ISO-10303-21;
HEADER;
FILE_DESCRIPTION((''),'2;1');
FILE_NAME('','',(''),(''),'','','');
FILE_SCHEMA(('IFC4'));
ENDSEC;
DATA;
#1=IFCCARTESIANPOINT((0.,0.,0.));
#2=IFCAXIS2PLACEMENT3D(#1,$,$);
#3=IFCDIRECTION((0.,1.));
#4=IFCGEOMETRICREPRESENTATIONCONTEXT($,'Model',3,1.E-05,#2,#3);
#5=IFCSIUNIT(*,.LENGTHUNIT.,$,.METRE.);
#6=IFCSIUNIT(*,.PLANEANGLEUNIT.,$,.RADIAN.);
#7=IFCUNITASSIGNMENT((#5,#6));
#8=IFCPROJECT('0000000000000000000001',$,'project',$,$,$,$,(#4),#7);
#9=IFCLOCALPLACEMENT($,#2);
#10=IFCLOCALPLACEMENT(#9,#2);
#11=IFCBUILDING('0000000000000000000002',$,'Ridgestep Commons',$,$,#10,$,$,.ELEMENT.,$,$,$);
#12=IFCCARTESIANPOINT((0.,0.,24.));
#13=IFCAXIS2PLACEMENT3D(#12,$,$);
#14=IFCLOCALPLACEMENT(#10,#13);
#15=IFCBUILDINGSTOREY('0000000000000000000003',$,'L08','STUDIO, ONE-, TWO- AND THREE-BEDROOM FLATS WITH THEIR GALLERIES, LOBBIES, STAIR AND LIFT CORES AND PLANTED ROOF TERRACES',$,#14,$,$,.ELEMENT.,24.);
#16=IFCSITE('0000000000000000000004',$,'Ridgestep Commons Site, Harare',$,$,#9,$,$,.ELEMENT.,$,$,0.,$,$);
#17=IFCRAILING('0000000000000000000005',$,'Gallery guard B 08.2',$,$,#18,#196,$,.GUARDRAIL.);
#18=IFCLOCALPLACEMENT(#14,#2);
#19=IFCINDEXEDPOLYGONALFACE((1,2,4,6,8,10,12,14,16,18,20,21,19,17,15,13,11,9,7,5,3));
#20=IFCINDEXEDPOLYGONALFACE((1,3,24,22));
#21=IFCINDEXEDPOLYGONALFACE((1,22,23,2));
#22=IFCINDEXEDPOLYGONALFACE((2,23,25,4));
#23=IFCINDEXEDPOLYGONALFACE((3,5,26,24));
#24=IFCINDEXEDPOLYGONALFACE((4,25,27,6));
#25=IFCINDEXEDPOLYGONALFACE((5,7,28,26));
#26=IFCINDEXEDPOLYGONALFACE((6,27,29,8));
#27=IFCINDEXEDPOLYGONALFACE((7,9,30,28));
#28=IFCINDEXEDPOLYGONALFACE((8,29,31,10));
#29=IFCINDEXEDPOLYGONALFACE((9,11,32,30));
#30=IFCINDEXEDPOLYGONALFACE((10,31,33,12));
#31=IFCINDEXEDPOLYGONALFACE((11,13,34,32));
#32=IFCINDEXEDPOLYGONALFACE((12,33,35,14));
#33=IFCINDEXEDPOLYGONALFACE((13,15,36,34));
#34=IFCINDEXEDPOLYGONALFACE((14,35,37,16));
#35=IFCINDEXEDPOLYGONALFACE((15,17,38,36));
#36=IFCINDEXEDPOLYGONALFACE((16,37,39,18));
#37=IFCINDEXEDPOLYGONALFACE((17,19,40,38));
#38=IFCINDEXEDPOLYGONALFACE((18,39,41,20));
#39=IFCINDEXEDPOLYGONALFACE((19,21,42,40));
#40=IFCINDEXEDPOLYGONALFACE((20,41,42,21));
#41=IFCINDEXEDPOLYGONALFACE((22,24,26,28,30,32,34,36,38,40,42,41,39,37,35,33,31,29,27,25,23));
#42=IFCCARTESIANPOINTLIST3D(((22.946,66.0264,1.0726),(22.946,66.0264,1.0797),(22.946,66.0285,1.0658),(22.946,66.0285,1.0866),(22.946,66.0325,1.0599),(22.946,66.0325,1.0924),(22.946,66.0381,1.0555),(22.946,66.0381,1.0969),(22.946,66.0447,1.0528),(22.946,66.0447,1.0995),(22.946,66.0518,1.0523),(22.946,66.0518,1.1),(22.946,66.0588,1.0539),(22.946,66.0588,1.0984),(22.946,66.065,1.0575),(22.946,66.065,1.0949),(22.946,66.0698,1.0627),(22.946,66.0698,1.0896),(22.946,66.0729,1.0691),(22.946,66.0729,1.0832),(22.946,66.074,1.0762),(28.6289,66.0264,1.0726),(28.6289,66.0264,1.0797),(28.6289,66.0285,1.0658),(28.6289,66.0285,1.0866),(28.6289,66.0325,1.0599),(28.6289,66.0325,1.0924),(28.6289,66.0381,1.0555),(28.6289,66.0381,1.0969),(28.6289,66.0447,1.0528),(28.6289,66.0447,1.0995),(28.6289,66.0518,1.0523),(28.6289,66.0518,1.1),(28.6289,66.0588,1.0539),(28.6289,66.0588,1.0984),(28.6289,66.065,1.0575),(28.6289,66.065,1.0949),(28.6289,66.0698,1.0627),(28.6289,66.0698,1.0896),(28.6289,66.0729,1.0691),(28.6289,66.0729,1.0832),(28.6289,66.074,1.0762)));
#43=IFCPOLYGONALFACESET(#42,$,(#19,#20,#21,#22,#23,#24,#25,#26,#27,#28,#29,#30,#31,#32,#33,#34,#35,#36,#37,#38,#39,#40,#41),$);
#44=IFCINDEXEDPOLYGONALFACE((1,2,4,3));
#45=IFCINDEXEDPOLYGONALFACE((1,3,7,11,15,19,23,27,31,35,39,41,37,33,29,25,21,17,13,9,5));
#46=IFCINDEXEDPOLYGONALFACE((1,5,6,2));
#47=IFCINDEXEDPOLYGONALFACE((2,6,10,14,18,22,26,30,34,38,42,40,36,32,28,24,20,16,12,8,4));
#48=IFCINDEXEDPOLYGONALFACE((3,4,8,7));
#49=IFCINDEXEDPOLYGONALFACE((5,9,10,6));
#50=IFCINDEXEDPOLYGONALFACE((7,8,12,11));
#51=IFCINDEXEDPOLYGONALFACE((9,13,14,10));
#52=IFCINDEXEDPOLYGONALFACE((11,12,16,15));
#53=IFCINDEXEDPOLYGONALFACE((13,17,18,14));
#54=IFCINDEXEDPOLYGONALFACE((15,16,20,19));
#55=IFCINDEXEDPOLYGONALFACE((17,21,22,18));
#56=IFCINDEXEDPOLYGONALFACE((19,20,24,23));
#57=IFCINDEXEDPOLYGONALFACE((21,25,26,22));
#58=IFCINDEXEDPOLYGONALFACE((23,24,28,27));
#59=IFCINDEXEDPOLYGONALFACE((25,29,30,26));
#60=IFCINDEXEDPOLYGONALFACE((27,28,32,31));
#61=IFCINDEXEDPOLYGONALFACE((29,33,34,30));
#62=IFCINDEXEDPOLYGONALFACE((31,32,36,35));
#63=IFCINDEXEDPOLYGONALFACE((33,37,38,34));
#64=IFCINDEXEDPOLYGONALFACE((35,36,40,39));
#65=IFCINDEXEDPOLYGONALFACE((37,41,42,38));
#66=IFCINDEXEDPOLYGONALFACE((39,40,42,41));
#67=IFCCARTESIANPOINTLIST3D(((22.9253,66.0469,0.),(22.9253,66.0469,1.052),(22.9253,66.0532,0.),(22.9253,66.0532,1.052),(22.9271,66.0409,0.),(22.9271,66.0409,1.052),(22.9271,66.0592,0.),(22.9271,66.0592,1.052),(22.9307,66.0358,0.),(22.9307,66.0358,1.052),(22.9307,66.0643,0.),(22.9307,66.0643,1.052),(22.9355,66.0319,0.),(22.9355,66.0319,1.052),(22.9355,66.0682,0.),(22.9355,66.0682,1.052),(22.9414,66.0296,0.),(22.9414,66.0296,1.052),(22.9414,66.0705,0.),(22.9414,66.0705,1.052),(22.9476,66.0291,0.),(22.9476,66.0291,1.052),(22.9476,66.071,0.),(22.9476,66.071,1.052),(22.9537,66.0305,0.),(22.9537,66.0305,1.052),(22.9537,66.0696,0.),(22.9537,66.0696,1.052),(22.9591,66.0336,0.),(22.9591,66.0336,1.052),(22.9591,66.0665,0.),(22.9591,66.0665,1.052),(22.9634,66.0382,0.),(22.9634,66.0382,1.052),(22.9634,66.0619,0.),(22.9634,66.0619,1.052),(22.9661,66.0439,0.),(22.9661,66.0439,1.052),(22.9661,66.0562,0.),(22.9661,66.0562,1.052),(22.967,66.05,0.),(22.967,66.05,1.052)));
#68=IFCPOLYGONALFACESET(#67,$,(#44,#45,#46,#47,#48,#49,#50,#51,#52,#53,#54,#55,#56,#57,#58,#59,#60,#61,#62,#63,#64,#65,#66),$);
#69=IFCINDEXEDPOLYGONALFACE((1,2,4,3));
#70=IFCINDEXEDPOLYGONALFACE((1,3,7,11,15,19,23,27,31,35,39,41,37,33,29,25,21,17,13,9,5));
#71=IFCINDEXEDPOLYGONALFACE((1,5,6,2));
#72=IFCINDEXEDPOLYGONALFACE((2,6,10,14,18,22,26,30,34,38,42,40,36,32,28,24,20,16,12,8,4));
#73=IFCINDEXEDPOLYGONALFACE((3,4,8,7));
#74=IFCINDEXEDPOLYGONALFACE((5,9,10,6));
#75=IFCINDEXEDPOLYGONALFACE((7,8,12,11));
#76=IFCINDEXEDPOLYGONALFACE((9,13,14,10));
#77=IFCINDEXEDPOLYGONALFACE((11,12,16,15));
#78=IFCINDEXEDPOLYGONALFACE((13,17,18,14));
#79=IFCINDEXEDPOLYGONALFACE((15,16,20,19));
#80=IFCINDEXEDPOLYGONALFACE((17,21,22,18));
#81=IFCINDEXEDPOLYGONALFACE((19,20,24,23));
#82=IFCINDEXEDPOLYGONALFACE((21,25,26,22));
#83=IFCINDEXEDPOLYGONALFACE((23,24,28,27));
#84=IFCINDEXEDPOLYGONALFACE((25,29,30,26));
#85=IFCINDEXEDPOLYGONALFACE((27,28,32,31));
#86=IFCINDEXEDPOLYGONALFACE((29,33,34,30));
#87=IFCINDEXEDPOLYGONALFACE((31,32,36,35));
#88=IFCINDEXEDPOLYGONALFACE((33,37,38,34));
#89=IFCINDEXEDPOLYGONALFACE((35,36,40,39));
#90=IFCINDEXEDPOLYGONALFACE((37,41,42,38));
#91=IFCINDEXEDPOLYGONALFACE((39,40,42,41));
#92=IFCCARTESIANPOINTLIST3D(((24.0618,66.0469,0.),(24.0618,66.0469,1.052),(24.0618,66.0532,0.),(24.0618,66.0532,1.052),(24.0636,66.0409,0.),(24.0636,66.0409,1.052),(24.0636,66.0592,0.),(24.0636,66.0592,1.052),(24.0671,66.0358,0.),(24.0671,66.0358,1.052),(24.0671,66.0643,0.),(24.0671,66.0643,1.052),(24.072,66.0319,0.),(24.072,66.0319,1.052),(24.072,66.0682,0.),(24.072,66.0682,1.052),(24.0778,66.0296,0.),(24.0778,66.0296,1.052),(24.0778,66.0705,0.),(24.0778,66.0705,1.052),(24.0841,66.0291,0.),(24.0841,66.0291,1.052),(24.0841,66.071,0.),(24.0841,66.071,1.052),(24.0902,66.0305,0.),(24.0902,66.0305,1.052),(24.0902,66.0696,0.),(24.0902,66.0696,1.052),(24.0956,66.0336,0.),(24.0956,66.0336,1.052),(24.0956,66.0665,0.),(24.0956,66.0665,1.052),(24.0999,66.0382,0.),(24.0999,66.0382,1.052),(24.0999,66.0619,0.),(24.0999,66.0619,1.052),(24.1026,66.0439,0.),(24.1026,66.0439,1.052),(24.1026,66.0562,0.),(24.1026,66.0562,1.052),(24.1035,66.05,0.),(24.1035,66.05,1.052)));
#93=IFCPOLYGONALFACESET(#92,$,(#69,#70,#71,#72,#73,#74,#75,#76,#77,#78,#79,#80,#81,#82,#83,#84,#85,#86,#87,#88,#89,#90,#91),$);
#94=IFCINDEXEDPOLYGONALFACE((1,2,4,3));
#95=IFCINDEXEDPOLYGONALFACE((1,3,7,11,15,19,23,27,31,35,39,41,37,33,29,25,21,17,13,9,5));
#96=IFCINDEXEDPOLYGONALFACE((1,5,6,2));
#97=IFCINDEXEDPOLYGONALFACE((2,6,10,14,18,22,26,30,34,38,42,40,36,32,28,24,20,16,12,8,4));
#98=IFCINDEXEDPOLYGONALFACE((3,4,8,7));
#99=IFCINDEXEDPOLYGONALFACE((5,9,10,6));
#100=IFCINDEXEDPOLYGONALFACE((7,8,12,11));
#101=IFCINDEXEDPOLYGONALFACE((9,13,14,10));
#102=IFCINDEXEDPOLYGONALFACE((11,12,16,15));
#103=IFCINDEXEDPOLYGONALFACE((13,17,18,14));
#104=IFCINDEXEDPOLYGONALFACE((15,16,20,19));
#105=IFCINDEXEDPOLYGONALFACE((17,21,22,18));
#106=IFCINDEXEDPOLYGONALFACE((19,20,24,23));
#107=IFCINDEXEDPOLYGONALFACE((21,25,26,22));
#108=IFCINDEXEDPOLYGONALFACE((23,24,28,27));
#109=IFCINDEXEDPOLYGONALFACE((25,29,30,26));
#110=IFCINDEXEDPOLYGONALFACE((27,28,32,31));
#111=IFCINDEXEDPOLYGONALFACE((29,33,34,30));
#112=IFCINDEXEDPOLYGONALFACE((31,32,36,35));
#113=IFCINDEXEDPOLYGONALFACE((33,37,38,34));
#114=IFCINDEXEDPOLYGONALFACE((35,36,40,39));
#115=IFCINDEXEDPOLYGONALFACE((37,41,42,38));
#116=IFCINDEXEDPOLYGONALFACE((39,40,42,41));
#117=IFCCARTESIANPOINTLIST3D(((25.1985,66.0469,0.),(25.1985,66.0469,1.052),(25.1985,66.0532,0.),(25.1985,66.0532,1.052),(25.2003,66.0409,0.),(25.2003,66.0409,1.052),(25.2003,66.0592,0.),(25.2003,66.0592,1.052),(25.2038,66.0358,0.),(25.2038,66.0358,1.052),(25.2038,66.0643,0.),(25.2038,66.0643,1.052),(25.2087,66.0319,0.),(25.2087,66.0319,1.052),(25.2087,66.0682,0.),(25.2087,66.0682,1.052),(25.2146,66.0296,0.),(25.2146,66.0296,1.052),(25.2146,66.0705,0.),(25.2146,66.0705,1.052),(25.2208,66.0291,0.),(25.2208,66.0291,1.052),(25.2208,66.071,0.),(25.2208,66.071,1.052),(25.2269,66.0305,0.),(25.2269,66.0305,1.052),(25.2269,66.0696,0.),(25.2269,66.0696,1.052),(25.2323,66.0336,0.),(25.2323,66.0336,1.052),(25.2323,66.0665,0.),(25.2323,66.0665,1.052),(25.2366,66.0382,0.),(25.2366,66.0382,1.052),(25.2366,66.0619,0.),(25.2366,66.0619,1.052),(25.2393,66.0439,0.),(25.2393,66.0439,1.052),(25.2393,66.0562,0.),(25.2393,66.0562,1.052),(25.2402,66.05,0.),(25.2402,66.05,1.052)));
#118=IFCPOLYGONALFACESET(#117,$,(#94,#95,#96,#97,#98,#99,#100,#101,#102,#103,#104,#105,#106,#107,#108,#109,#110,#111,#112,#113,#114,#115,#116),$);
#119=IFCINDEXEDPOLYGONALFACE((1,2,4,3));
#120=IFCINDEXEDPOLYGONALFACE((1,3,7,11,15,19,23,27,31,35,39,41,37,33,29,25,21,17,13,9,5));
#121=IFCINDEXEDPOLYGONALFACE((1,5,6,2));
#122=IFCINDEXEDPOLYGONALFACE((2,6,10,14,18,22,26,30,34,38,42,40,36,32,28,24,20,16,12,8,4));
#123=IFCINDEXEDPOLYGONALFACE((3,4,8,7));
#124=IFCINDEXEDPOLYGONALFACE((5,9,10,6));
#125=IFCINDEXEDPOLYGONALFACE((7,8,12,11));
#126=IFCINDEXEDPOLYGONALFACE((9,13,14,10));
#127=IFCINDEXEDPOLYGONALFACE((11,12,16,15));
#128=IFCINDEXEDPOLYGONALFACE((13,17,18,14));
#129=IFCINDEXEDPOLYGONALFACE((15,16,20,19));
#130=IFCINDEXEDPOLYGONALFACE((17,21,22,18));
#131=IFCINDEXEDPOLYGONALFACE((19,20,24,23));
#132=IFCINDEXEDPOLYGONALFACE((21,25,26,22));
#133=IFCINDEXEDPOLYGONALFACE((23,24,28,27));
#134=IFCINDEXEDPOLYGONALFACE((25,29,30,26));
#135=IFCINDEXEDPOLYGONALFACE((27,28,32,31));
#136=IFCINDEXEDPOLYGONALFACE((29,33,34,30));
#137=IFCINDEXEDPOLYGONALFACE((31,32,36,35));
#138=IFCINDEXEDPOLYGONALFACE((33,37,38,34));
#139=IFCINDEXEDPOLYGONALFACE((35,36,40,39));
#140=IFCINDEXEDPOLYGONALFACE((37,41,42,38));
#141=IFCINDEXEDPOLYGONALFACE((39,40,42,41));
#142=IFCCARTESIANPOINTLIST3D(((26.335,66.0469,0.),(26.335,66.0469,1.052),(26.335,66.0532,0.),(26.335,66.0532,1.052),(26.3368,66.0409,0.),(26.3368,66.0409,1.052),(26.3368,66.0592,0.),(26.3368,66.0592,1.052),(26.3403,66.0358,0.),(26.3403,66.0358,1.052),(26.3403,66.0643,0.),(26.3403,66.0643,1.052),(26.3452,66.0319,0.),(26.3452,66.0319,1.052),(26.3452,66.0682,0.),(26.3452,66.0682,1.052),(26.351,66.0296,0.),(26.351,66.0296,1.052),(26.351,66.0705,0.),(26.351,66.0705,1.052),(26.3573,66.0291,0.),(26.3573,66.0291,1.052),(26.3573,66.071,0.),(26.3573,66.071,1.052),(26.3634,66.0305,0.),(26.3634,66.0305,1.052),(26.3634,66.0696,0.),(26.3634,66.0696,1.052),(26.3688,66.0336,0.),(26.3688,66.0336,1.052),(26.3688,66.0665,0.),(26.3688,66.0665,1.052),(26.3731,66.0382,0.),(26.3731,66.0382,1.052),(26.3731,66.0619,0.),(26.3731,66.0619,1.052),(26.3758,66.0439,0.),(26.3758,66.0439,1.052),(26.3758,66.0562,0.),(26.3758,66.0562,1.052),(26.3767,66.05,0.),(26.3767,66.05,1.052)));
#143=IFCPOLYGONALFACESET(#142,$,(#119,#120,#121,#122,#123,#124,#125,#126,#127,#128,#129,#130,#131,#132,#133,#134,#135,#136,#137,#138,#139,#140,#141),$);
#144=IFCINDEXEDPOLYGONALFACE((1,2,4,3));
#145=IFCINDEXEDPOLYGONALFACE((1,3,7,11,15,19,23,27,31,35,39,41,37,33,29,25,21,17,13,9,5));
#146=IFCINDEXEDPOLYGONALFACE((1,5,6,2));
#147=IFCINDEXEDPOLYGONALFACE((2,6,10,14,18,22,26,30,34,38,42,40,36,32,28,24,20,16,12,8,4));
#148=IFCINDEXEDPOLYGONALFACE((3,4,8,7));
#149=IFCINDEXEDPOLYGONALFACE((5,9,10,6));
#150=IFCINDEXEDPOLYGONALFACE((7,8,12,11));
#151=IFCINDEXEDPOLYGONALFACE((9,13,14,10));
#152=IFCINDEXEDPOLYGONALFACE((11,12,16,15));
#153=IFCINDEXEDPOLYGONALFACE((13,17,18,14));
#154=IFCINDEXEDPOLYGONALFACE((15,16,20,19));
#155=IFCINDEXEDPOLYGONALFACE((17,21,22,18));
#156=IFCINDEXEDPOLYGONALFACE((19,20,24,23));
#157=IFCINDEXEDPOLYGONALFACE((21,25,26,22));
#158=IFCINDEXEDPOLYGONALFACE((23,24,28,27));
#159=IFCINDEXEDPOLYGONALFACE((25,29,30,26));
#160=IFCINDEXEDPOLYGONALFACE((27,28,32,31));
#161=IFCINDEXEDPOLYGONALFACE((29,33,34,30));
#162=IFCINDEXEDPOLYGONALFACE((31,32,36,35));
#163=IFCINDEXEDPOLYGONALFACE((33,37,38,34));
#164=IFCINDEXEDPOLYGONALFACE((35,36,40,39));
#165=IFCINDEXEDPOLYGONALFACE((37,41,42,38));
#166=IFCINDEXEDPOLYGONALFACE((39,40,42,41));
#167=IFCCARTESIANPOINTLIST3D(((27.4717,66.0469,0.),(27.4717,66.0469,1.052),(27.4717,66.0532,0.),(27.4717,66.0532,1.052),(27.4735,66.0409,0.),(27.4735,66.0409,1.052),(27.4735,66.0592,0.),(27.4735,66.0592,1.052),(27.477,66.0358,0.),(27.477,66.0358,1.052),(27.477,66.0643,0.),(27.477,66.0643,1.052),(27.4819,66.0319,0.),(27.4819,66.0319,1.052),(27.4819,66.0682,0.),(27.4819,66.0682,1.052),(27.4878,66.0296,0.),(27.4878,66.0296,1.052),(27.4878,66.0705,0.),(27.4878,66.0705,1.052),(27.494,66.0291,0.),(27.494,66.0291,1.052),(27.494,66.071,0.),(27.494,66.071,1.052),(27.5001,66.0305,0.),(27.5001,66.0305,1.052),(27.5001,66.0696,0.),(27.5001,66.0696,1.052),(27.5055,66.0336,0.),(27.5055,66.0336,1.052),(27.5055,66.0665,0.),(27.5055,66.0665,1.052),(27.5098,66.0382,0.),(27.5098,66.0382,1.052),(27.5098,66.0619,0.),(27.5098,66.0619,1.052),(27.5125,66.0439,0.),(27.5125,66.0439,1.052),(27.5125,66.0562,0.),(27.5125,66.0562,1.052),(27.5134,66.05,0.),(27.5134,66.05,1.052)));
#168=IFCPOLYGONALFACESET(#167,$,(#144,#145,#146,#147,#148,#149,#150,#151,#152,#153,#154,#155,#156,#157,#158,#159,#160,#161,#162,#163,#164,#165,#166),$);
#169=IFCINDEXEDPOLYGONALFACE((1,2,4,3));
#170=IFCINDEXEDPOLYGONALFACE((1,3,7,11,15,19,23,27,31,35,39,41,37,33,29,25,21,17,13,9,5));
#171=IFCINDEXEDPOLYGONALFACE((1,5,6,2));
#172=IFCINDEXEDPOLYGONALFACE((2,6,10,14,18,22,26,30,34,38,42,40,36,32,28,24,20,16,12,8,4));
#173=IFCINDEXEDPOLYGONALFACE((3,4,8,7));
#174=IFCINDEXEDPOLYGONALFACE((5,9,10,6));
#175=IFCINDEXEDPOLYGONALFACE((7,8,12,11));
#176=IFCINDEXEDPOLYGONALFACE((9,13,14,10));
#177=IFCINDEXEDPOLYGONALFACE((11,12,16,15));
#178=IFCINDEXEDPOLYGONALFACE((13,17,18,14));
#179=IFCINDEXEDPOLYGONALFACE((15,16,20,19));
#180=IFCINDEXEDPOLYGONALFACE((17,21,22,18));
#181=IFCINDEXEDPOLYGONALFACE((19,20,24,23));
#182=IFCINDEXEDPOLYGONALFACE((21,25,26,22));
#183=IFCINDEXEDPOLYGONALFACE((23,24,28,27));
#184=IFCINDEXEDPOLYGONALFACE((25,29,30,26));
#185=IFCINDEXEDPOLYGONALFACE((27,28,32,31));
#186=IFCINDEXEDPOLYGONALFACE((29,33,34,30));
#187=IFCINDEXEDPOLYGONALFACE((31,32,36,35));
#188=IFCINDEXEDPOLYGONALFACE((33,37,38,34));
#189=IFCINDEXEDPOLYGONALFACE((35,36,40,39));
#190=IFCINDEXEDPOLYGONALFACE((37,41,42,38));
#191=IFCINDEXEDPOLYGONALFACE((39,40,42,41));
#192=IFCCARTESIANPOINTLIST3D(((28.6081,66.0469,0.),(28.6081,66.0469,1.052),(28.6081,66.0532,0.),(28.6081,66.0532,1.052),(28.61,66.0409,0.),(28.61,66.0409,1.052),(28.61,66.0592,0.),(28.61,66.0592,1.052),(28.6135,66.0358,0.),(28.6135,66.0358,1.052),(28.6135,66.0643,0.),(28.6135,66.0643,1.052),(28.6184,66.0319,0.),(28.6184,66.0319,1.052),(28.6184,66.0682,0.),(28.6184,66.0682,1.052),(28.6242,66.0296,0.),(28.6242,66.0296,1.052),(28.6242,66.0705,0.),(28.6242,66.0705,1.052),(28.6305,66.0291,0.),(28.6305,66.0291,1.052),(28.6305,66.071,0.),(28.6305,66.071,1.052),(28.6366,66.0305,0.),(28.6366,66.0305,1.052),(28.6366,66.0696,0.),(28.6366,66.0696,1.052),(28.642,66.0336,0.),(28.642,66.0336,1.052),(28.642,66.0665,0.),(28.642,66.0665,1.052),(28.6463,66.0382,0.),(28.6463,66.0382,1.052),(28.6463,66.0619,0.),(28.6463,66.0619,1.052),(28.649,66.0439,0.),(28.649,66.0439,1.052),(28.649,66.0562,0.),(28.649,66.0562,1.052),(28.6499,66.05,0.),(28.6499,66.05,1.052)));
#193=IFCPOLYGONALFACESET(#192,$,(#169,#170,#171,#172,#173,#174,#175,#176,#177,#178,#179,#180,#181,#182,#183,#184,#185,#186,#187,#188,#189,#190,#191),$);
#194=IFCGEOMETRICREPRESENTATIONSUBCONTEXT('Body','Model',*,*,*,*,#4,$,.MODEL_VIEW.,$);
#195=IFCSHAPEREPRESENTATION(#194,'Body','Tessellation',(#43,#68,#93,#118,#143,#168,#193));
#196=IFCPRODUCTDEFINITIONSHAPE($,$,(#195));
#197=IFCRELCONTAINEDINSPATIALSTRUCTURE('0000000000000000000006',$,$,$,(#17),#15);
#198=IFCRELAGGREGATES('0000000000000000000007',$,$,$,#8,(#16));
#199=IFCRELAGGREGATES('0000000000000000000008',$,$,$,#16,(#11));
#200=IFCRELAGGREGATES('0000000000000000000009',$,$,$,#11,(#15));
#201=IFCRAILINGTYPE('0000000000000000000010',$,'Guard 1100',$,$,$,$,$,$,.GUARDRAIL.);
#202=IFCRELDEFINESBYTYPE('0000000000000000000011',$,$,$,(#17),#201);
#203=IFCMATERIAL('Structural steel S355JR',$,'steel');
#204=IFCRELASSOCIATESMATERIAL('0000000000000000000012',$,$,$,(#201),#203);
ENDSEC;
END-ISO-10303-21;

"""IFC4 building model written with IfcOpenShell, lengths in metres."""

from ifc_helpers import new_model, si_unit, direction, frame, origin, origin_2d, place, context, subcontext, project, spatial, circle, extrude, material, type_object, element, save


model = new_model("IFC4")

# Units and contexts
model_context = context("Model", 3, precision=1e-05, world=origin(), true_north=direction((0.0, 1.0)))
body_context = subcontext(model_context, "Body", "Model", "MODEL_VIEW")
ifc_project = project(units=[si_unit("LENGTHUNIT", "METRE"), si_unit("PLANEANGLEUNIT", "RADIAN")], contexts=[model_context])

# Site, building, storey
site_placement = place(None, origin())
site = spatial("IfcSite", under=ifc_project, at=site_placement, Name="Ridgestep Commons Site, Harare", CompositionType="ELEMENT", RefElevation=0.0)
building_placement = place(site_placement, origin())
building = spatial("IfcBuilding", under=site, at=building_placement, Name="Ridgestep Commons", CompositionType="ELEMENT")
storey_placement = place(building_placement, frame((0.0, 0.0, 24.0)))
storey = spatial("IfcBuildingStorey", under=building, at=storey_placement, Name="L08", Description="STUDIO, ONE-, TWO- AND THREE-BEDROOM FLATS WITH THEIR GALLERIES, LOBBIES, STAIR AND LIFT CORES AND PLANTED ROOF TERRACES", CompositionType="ELEMENT", Elevation=24.0)

# Railing
ifc_material_1 = material(Name="Structural steel S355JR", Category="steel")
railing_type_1 = type_object("IfcRailingType", Name="Guard 1100", PredefinedType="GUARDRAIL", material=ifc_material_1)
railing_1_placement = place(storey_placement, frame((22.946, 66.05, 0.0)))
element("IfcRailing", 1, at=railing_1_placement, inside=storey, type_object=railing_type_1, Name="Gallery guard B 08.2", PredefinedType="GUARDRAIL", context=body_context, shape_type="SweptSolid", body=[
    extrude(circle(Radius=0.0239, at=origin_2d()), frame((0.0, 0.0, 1.0762), z_axis=(1.0, 0.0, 0.0), x_axis=(0.0, 1.0, 0.0)), (0.0, 0.0, 1.0), 5.6829),
    extrude(circle(Radius=0.021, at=origin_2d()), origin(), (0.0, 0.0, 1.0), 1.052),
    extrude(circle(Radius=0.021, at=origin_2d()), frame((1.1365, 0.0, 0.0)), (0.0, 0.0, 1.0), 1.052),
    extrude(circle(Radius=0.021, at=origin_2d()), frame((2.2732, 0.0, 0.0)), (0.0, 0.0, 1.0), 1.052),
    extrude(circle(Radius=0.021, at=origin_2d()), frame((3.4097, 0.0, 0.0)), (0.0, 0.0, 1.0), 1.052),
    extrude(circle(Radius=0.021, at=origin_2d()), frame((4.5464, 0.0, 0.0)), (0.0, 0.0, 1.0), 1.052),
    extrude(circle(Radius=0.021, at=origin_2d()), frame((5.6829, 0.0, 0.0)), (0.0, 0.0, 1.0), 1.052),
])

save(model, "model.ifc")
